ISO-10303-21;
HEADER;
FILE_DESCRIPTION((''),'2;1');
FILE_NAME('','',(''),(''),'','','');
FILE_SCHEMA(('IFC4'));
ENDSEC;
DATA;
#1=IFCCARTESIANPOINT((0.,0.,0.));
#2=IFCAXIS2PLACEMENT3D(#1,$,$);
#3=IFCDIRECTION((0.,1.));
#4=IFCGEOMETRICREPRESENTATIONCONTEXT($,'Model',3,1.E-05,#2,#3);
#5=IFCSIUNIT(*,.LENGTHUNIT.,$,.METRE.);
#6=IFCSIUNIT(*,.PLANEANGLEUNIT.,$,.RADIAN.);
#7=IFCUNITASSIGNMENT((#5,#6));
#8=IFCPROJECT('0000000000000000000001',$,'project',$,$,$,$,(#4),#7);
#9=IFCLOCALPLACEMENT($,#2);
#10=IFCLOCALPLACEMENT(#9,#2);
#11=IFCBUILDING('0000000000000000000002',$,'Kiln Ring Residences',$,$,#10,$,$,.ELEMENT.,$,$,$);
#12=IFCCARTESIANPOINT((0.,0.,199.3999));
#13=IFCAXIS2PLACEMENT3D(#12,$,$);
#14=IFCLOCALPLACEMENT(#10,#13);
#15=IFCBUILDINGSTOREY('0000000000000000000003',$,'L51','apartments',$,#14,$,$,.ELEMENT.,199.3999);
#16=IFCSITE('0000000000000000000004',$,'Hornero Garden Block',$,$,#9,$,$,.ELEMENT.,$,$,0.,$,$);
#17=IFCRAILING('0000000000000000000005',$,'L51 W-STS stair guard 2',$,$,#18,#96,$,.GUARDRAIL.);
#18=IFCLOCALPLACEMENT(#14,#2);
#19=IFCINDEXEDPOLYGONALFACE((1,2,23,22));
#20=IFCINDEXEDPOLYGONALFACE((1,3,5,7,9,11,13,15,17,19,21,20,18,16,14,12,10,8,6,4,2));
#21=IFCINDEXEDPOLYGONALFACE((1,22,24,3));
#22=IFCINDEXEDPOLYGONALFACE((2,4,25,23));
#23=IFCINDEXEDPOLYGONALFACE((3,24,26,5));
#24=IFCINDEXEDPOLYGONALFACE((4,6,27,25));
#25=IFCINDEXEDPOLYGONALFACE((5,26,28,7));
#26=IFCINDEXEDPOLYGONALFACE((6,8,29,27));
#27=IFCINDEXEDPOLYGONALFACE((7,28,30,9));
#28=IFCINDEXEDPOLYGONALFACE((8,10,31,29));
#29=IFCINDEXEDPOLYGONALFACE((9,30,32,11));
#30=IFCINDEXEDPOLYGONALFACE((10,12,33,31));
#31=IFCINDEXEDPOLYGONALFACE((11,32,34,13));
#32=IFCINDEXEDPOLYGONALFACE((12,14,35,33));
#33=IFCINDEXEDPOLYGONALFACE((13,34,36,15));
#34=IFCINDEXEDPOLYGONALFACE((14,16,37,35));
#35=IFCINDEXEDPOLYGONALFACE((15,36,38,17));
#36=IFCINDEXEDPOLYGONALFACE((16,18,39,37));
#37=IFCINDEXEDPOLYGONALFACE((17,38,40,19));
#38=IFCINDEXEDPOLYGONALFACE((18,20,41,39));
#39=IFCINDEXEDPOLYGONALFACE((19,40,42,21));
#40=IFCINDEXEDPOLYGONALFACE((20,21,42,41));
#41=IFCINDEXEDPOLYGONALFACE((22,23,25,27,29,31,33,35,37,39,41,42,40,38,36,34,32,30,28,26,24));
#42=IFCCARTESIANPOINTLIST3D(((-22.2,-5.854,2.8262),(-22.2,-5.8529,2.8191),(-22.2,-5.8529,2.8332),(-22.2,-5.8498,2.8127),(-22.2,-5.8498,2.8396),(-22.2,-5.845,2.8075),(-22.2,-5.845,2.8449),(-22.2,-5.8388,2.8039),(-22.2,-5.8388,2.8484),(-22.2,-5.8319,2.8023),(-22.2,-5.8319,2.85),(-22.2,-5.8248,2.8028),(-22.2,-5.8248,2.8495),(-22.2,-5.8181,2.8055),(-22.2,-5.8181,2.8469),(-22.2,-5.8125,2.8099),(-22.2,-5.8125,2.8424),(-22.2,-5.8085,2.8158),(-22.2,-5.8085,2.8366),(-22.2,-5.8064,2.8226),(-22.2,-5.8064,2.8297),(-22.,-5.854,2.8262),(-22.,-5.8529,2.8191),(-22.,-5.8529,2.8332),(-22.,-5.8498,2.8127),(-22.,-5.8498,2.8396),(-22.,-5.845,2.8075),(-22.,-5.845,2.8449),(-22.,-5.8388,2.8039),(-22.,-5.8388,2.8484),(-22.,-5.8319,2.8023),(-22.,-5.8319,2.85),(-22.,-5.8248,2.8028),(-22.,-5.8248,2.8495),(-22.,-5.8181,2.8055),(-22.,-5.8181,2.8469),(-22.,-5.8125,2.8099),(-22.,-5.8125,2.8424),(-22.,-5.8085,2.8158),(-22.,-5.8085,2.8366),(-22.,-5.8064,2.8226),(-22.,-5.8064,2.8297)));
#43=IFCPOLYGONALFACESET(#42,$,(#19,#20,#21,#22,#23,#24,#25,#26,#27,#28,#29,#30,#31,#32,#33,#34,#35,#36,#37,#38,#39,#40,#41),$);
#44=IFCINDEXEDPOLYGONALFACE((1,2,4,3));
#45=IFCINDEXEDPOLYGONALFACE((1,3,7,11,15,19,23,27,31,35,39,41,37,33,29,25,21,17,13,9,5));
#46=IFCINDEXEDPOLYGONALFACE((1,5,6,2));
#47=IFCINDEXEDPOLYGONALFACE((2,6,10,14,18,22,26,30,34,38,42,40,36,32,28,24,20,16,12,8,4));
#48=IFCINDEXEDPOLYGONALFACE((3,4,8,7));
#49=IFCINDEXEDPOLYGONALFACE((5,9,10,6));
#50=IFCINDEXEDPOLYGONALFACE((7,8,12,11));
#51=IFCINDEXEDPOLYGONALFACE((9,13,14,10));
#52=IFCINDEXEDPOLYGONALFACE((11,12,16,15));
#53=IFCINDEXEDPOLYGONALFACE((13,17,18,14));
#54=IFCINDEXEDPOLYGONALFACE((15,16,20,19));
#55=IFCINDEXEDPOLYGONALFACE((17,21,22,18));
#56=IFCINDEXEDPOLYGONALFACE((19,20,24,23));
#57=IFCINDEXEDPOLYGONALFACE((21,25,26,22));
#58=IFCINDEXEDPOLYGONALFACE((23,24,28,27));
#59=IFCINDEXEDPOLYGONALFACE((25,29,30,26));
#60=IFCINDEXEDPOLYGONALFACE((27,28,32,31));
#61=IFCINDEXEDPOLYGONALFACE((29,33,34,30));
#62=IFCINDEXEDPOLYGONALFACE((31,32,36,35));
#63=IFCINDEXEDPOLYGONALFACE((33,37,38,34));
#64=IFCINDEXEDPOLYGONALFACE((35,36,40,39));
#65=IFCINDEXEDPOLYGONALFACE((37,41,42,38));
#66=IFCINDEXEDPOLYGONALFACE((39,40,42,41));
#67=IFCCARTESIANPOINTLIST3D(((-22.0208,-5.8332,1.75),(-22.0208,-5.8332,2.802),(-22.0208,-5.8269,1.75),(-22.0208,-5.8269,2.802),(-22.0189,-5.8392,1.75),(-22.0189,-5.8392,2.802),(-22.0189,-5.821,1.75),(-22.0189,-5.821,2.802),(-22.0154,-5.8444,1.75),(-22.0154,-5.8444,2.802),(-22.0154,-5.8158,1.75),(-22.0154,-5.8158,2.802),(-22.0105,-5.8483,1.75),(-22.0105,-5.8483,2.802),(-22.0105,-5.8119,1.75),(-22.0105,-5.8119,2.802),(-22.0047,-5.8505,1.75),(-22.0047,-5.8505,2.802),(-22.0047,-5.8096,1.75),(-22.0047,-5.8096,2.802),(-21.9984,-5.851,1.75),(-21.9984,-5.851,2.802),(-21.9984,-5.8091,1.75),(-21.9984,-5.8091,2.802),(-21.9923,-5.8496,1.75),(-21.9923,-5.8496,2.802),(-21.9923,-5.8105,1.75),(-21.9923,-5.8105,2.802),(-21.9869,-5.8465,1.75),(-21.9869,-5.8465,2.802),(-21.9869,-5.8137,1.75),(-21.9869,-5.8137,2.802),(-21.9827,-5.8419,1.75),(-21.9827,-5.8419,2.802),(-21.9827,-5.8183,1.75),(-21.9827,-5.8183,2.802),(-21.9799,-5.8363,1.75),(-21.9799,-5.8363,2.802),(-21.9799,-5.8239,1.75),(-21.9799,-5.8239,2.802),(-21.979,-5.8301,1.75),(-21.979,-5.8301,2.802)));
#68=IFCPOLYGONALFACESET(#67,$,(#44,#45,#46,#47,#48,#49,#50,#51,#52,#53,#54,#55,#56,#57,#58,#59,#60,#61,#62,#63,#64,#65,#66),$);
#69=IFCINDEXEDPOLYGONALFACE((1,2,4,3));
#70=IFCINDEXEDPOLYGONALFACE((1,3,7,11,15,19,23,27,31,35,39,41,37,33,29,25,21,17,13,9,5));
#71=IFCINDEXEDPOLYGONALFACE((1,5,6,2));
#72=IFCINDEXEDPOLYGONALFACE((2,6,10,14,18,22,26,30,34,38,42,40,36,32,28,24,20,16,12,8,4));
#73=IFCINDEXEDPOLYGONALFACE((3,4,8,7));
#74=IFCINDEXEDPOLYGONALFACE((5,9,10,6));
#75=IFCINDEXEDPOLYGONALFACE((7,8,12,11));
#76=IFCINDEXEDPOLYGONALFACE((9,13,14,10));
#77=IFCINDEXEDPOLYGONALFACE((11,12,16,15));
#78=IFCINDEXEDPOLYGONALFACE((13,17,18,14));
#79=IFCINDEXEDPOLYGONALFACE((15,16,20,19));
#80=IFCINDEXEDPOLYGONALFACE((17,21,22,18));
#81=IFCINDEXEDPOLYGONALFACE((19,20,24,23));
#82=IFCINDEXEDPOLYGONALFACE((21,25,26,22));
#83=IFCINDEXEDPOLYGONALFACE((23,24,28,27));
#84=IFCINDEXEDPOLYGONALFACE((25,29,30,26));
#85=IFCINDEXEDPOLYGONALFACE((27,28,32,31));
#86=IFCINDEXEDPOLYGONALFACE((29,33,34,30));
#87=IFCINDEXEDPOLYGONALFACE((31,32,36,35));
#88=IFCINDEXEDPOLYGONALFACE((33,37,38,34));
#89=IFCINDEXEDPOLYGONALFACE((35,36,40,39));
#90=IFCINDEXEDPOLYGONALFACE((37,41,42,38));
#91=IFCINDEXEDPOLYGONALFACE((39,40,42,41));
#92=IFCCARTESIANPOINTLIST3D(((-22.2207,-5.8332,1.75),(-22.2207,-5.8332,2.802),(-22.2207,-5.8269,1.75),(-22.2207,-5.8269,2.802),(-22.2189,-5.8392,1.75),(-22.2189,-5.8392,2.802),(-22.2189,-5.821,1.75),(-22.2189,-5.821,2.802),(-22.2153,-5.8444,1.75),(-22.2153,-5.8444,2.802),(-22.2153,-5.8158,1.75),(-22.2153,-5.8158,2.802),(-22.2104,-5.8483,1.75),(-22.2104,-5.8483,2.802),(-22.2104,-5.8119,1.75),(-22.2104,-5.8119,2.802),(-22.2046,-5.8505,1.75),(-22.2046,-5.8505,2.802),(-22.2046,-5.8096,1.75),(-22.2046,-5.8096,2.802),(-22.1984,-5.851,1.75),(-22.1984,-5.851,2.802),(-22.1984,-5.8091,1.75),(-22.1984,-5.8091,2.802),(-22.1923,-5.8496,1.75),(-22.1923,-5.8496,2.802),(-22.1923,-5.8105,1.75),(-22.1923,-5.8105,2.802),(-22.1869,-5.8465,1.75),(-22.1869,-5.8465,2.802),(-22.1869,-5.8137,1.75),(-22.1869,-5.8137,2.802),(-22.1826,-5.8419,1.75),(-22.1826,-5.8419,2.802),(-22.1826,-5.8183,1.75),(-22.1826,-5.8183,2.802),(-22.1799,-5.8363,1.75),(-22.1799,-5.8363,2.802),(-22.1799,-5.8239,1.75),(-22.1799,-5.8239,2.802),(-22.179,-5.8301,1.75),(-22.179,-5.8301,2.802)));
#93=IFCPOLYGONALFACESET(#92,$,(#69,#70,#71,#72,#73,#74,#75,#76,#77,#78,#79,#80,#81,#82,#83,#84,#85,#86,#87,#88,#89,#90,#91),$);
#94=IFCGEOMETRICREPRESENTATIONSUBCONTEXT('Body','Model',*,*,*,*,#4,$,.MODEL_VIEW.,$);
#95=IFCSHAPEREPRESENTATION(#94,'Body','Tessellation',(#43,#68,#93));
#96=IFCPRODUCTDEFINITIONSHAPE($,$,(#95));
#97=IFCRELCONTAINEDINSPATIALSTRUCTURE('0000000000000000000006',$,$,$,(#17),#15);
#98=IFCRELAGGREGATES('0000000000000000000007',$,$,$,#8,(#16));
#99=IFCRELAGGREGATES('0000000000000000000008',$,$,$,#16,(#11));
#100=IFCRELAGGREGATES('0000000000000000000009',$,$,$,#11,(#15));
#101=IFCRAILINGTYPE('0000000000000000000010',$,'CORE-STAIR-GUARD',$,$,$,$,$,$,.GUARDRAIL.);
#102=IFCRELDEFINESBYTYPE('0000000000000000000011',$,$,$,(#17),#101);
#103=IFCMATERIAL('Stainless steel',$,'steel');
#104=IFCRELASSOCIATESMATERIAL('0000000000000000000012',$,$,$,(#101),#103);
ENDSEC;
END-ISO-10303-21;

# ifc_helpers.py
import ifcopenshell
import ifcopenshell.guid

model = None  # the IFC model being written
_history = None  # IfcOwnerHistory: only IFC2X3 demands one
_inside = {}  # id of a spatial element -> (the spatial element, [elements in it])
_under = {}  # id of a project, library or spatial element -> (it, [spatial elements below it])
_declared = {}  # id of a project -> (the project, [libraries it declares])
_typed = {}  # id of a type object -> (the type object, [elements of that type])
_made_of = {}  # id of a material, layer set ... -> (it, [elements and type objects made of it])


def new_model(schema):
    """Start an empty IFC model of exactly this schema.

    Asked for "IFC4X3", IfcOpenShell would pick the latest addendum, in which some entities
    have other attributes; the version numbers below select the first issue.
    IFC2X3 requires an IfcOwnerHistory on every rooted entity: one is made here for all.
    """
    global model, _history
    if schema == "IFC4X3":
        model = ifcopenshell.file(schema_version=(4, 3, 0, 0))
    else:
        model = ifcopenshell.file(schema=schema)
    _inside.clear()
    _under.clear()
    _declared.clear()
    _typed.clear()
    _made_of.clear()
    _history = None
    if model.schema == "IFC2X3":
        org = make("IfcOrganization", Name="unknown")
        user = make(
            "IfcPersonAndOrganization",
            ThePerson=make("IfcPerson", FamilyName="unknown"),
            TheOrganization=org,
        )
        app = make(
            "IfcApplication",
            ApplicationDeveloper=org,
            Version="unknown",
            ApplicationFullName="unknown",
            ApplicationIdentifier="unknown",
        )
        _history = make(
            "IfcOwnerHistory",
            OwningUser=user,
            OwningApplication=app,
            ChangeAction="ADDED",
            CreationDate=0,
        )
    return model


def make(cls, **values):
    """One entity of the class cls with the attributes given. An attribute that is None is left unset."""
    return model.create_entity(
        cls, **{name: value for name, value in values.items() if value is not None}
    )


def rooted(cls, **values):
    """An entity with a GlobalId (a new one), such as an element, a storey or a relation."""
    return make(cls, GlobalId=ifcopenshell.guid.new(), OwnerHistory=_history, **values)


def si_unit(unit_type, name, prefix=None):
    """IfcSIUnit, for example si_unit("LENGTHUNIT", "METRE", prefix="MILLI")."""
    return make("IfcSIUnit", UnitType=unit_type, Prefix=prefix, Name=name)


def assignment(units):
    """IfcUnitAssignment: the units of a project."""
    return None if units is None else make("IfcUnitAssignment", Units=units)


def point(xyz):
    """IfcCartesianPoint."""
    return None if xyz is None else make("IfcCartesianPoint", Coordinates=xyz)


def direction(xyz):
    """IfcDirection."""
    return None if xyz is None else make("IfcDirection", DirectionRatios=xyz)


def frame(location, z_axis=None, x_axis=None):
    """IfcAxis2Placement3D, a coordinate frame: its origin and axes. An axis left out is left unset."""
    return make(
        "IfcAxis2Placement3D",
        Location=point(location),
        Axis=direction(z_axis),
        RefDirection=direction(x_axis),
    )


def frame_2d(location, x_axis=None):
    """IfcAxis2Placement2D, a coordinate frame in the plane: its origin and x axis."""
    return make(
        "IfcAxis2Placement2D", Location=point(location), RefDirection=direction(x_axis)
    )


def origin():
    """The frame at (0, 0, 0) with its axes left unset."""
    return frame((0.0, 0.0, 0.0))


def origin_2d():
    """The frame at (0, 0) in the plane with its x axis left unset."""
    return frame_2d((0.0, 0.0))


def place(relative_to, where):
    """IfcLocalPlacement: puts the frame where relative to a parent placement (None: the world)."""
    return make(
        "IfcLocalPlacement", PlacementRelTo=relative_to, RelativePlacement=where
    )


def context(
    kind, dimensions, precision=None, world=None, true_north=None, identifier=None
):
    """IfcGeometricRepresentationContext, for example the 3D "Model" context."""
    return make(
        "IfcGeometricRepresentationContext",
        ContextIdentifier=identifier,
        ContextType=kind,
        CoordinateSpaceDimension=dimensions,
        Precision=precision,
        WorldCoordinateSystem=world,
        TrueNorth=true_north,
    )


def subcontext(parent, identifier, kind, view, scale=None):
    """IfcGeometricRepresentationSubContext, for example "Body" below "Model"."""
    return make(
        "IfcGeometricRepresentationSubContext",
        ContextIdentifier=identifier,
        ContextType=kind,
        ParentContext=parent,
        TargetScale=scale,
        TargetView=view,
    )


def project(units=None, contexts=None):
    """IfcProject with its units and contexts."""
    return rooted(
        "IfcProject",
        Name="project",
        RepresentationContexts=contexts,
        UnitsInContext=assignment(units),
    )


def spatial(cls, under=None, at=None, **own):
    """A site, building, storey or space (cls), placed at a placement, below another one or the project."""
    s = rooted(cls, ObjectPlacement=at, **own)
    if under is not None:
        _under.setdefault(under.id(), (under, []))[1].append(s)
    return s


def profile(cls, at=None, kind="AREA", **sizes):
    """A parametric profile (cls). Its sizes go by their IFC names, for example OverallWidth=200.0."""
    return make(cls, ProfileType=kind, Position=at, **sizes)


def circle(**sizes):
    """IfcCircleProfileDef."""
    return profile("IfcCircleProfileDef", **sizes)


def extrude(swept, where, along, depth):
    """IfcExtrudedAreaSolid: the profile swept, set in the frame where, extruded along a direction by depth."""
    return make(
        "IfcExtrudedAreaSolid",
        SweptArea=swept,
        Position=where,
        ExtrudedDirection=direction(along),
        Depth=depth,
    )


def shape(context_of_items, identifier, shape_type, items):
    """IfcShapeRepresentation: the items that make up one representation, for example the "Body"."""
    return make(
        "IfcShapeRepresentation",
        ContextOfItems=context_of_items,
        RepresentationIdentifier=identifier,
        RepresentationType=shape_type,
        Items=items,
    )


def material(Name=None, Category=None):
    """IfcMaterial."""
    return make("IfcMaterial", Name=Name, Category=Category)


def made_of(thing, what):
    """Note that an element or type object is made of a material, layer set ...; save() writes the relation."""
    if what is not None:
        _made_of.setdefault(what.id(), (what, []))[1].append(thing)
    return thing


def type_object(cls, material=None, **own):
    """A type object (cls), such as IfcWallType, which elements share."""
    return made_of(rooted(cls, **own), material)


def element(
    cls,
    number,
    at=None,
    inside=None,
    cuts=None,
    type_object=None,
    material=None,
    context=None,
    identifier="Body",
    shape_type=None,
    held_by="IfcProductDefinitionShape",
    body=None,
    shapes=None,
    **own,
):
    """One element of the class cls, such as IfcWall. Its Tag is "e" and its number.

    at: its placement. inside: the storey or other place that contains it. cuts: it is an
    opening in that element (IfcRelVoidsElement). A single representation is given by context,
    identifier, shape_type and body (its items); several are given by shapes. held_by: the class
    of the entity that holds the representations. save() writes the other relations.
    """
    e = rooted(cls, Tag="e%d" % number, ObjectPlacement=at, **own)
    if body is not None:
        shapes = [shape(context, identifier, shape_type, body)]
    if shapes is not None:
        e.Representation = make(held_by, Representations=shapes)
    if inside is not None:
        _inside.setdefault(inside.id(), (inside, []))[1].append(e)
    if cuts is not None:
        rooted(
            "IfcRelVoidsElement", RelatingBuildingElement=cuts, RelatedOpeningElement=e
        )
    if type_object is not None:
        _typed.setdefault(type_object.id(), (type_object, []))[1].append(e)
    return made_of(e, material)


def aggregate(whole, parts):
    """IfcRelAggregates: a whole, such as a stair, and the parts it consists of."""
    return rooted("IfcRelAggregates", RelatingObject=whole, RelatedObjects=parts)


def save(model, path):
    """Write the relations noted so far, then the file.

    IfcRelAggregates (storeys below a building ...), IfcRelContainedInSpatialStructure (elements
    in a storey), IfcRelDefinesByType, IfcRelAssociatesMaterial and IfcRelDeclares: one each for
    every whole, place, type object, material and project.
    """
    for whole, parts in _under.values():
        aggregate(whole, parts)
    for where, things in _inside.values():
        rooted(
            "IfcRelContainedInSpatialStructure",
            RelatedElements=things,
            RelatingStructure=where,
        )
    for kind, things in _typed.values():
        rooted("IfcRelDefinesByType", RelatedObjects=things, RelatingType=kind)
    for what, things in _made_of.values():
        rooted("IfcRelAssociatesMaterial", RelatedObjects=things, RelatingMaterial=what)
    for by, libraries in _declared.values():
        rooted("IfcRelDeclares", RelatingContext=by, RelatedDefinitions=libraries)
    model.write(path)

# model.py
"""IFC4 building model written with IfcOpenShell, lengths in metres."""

from ifc_helpers import new_model, si_unit, direction, frame, origin, origin_2d, place, context, subcontext, project, spatial, circle, extrude, material, type_object, element, save


model = new_model("IFC4")

# Units and contexts
model_context = context("Model", 3, precision=1e-05, world=origin(), true_north=direction((0.0, 1.0)))
body_context = subcontext(model_context, "Body", "Model", "MODEL_VIEW")
ifc_project = project(units=[si_unit("LENGTHUNIT", "METRE"), si_unit("PLANEANGLEUNIT", "RADIAN")], contexts=[model_context])

# Site, building, storey
site_placement = place(None, origin())
site = spatial("IfcSite", under=ifc_project, at=site_placement, Name="Hornero Garden Block", CompositionType="ELEMENT", RefElevation=0.0)
building_placement = place(site_placement, origin())
building = spatial("IfcBuilding", under=site, at=building_placement, Name="Kiln Ring Residences", CompositionType="ELEMENT")
storey_placement = place(building_placement, frame((0.0, 0.0, 199.3999)))
storey = spatial("IfcBuildingStorey", under=building, at=storey_placement, Name="L51", Description="apartments", CompositionType="ELEMENT", Elevation=199.3999)

# Railing
ifc_material_1 = material(Name="Stainless steel", Category="steel")
railing_type_1 = type_object("IfcRailingType", Name="CORE-STAIR-GUARD", PredefinedType="GUARDRAIL", material=ifc_material_1)
railing_1_placement = place(storey_placement, frame((-22.0, -5.8301, 1.75)))
element("IfcRailing", 1, at=railing_1_placement, inside=storey, type_object=railing_type_1, Name="L51 W-STS stair guard 2", PredefinedType="GUARDRAIL", context=body_context, shape_type="SweptSolid", body=[
    extrude(circle(Radius=0.0239, at=origin_2d()), frame((0.0, 0.0, 1.0762), z_axis=(-1.0, 0.0, 0.0), x_axis=(0.0, -1.0, 0.0)), (0.0, 0.0, 1.0), 0.2),
    extrude(circle(Radius=0.021, at=origin_2d()), origin(), (0.0, 0.0, 1.0), 1.052),
    extrude(circle(Radius=0.021, at=origin_2d()), frame((-0.2, 0.0, 0.0)), (0.0, 0.0, 1.0), 1.052),
])

save(model, "model.ifc")
